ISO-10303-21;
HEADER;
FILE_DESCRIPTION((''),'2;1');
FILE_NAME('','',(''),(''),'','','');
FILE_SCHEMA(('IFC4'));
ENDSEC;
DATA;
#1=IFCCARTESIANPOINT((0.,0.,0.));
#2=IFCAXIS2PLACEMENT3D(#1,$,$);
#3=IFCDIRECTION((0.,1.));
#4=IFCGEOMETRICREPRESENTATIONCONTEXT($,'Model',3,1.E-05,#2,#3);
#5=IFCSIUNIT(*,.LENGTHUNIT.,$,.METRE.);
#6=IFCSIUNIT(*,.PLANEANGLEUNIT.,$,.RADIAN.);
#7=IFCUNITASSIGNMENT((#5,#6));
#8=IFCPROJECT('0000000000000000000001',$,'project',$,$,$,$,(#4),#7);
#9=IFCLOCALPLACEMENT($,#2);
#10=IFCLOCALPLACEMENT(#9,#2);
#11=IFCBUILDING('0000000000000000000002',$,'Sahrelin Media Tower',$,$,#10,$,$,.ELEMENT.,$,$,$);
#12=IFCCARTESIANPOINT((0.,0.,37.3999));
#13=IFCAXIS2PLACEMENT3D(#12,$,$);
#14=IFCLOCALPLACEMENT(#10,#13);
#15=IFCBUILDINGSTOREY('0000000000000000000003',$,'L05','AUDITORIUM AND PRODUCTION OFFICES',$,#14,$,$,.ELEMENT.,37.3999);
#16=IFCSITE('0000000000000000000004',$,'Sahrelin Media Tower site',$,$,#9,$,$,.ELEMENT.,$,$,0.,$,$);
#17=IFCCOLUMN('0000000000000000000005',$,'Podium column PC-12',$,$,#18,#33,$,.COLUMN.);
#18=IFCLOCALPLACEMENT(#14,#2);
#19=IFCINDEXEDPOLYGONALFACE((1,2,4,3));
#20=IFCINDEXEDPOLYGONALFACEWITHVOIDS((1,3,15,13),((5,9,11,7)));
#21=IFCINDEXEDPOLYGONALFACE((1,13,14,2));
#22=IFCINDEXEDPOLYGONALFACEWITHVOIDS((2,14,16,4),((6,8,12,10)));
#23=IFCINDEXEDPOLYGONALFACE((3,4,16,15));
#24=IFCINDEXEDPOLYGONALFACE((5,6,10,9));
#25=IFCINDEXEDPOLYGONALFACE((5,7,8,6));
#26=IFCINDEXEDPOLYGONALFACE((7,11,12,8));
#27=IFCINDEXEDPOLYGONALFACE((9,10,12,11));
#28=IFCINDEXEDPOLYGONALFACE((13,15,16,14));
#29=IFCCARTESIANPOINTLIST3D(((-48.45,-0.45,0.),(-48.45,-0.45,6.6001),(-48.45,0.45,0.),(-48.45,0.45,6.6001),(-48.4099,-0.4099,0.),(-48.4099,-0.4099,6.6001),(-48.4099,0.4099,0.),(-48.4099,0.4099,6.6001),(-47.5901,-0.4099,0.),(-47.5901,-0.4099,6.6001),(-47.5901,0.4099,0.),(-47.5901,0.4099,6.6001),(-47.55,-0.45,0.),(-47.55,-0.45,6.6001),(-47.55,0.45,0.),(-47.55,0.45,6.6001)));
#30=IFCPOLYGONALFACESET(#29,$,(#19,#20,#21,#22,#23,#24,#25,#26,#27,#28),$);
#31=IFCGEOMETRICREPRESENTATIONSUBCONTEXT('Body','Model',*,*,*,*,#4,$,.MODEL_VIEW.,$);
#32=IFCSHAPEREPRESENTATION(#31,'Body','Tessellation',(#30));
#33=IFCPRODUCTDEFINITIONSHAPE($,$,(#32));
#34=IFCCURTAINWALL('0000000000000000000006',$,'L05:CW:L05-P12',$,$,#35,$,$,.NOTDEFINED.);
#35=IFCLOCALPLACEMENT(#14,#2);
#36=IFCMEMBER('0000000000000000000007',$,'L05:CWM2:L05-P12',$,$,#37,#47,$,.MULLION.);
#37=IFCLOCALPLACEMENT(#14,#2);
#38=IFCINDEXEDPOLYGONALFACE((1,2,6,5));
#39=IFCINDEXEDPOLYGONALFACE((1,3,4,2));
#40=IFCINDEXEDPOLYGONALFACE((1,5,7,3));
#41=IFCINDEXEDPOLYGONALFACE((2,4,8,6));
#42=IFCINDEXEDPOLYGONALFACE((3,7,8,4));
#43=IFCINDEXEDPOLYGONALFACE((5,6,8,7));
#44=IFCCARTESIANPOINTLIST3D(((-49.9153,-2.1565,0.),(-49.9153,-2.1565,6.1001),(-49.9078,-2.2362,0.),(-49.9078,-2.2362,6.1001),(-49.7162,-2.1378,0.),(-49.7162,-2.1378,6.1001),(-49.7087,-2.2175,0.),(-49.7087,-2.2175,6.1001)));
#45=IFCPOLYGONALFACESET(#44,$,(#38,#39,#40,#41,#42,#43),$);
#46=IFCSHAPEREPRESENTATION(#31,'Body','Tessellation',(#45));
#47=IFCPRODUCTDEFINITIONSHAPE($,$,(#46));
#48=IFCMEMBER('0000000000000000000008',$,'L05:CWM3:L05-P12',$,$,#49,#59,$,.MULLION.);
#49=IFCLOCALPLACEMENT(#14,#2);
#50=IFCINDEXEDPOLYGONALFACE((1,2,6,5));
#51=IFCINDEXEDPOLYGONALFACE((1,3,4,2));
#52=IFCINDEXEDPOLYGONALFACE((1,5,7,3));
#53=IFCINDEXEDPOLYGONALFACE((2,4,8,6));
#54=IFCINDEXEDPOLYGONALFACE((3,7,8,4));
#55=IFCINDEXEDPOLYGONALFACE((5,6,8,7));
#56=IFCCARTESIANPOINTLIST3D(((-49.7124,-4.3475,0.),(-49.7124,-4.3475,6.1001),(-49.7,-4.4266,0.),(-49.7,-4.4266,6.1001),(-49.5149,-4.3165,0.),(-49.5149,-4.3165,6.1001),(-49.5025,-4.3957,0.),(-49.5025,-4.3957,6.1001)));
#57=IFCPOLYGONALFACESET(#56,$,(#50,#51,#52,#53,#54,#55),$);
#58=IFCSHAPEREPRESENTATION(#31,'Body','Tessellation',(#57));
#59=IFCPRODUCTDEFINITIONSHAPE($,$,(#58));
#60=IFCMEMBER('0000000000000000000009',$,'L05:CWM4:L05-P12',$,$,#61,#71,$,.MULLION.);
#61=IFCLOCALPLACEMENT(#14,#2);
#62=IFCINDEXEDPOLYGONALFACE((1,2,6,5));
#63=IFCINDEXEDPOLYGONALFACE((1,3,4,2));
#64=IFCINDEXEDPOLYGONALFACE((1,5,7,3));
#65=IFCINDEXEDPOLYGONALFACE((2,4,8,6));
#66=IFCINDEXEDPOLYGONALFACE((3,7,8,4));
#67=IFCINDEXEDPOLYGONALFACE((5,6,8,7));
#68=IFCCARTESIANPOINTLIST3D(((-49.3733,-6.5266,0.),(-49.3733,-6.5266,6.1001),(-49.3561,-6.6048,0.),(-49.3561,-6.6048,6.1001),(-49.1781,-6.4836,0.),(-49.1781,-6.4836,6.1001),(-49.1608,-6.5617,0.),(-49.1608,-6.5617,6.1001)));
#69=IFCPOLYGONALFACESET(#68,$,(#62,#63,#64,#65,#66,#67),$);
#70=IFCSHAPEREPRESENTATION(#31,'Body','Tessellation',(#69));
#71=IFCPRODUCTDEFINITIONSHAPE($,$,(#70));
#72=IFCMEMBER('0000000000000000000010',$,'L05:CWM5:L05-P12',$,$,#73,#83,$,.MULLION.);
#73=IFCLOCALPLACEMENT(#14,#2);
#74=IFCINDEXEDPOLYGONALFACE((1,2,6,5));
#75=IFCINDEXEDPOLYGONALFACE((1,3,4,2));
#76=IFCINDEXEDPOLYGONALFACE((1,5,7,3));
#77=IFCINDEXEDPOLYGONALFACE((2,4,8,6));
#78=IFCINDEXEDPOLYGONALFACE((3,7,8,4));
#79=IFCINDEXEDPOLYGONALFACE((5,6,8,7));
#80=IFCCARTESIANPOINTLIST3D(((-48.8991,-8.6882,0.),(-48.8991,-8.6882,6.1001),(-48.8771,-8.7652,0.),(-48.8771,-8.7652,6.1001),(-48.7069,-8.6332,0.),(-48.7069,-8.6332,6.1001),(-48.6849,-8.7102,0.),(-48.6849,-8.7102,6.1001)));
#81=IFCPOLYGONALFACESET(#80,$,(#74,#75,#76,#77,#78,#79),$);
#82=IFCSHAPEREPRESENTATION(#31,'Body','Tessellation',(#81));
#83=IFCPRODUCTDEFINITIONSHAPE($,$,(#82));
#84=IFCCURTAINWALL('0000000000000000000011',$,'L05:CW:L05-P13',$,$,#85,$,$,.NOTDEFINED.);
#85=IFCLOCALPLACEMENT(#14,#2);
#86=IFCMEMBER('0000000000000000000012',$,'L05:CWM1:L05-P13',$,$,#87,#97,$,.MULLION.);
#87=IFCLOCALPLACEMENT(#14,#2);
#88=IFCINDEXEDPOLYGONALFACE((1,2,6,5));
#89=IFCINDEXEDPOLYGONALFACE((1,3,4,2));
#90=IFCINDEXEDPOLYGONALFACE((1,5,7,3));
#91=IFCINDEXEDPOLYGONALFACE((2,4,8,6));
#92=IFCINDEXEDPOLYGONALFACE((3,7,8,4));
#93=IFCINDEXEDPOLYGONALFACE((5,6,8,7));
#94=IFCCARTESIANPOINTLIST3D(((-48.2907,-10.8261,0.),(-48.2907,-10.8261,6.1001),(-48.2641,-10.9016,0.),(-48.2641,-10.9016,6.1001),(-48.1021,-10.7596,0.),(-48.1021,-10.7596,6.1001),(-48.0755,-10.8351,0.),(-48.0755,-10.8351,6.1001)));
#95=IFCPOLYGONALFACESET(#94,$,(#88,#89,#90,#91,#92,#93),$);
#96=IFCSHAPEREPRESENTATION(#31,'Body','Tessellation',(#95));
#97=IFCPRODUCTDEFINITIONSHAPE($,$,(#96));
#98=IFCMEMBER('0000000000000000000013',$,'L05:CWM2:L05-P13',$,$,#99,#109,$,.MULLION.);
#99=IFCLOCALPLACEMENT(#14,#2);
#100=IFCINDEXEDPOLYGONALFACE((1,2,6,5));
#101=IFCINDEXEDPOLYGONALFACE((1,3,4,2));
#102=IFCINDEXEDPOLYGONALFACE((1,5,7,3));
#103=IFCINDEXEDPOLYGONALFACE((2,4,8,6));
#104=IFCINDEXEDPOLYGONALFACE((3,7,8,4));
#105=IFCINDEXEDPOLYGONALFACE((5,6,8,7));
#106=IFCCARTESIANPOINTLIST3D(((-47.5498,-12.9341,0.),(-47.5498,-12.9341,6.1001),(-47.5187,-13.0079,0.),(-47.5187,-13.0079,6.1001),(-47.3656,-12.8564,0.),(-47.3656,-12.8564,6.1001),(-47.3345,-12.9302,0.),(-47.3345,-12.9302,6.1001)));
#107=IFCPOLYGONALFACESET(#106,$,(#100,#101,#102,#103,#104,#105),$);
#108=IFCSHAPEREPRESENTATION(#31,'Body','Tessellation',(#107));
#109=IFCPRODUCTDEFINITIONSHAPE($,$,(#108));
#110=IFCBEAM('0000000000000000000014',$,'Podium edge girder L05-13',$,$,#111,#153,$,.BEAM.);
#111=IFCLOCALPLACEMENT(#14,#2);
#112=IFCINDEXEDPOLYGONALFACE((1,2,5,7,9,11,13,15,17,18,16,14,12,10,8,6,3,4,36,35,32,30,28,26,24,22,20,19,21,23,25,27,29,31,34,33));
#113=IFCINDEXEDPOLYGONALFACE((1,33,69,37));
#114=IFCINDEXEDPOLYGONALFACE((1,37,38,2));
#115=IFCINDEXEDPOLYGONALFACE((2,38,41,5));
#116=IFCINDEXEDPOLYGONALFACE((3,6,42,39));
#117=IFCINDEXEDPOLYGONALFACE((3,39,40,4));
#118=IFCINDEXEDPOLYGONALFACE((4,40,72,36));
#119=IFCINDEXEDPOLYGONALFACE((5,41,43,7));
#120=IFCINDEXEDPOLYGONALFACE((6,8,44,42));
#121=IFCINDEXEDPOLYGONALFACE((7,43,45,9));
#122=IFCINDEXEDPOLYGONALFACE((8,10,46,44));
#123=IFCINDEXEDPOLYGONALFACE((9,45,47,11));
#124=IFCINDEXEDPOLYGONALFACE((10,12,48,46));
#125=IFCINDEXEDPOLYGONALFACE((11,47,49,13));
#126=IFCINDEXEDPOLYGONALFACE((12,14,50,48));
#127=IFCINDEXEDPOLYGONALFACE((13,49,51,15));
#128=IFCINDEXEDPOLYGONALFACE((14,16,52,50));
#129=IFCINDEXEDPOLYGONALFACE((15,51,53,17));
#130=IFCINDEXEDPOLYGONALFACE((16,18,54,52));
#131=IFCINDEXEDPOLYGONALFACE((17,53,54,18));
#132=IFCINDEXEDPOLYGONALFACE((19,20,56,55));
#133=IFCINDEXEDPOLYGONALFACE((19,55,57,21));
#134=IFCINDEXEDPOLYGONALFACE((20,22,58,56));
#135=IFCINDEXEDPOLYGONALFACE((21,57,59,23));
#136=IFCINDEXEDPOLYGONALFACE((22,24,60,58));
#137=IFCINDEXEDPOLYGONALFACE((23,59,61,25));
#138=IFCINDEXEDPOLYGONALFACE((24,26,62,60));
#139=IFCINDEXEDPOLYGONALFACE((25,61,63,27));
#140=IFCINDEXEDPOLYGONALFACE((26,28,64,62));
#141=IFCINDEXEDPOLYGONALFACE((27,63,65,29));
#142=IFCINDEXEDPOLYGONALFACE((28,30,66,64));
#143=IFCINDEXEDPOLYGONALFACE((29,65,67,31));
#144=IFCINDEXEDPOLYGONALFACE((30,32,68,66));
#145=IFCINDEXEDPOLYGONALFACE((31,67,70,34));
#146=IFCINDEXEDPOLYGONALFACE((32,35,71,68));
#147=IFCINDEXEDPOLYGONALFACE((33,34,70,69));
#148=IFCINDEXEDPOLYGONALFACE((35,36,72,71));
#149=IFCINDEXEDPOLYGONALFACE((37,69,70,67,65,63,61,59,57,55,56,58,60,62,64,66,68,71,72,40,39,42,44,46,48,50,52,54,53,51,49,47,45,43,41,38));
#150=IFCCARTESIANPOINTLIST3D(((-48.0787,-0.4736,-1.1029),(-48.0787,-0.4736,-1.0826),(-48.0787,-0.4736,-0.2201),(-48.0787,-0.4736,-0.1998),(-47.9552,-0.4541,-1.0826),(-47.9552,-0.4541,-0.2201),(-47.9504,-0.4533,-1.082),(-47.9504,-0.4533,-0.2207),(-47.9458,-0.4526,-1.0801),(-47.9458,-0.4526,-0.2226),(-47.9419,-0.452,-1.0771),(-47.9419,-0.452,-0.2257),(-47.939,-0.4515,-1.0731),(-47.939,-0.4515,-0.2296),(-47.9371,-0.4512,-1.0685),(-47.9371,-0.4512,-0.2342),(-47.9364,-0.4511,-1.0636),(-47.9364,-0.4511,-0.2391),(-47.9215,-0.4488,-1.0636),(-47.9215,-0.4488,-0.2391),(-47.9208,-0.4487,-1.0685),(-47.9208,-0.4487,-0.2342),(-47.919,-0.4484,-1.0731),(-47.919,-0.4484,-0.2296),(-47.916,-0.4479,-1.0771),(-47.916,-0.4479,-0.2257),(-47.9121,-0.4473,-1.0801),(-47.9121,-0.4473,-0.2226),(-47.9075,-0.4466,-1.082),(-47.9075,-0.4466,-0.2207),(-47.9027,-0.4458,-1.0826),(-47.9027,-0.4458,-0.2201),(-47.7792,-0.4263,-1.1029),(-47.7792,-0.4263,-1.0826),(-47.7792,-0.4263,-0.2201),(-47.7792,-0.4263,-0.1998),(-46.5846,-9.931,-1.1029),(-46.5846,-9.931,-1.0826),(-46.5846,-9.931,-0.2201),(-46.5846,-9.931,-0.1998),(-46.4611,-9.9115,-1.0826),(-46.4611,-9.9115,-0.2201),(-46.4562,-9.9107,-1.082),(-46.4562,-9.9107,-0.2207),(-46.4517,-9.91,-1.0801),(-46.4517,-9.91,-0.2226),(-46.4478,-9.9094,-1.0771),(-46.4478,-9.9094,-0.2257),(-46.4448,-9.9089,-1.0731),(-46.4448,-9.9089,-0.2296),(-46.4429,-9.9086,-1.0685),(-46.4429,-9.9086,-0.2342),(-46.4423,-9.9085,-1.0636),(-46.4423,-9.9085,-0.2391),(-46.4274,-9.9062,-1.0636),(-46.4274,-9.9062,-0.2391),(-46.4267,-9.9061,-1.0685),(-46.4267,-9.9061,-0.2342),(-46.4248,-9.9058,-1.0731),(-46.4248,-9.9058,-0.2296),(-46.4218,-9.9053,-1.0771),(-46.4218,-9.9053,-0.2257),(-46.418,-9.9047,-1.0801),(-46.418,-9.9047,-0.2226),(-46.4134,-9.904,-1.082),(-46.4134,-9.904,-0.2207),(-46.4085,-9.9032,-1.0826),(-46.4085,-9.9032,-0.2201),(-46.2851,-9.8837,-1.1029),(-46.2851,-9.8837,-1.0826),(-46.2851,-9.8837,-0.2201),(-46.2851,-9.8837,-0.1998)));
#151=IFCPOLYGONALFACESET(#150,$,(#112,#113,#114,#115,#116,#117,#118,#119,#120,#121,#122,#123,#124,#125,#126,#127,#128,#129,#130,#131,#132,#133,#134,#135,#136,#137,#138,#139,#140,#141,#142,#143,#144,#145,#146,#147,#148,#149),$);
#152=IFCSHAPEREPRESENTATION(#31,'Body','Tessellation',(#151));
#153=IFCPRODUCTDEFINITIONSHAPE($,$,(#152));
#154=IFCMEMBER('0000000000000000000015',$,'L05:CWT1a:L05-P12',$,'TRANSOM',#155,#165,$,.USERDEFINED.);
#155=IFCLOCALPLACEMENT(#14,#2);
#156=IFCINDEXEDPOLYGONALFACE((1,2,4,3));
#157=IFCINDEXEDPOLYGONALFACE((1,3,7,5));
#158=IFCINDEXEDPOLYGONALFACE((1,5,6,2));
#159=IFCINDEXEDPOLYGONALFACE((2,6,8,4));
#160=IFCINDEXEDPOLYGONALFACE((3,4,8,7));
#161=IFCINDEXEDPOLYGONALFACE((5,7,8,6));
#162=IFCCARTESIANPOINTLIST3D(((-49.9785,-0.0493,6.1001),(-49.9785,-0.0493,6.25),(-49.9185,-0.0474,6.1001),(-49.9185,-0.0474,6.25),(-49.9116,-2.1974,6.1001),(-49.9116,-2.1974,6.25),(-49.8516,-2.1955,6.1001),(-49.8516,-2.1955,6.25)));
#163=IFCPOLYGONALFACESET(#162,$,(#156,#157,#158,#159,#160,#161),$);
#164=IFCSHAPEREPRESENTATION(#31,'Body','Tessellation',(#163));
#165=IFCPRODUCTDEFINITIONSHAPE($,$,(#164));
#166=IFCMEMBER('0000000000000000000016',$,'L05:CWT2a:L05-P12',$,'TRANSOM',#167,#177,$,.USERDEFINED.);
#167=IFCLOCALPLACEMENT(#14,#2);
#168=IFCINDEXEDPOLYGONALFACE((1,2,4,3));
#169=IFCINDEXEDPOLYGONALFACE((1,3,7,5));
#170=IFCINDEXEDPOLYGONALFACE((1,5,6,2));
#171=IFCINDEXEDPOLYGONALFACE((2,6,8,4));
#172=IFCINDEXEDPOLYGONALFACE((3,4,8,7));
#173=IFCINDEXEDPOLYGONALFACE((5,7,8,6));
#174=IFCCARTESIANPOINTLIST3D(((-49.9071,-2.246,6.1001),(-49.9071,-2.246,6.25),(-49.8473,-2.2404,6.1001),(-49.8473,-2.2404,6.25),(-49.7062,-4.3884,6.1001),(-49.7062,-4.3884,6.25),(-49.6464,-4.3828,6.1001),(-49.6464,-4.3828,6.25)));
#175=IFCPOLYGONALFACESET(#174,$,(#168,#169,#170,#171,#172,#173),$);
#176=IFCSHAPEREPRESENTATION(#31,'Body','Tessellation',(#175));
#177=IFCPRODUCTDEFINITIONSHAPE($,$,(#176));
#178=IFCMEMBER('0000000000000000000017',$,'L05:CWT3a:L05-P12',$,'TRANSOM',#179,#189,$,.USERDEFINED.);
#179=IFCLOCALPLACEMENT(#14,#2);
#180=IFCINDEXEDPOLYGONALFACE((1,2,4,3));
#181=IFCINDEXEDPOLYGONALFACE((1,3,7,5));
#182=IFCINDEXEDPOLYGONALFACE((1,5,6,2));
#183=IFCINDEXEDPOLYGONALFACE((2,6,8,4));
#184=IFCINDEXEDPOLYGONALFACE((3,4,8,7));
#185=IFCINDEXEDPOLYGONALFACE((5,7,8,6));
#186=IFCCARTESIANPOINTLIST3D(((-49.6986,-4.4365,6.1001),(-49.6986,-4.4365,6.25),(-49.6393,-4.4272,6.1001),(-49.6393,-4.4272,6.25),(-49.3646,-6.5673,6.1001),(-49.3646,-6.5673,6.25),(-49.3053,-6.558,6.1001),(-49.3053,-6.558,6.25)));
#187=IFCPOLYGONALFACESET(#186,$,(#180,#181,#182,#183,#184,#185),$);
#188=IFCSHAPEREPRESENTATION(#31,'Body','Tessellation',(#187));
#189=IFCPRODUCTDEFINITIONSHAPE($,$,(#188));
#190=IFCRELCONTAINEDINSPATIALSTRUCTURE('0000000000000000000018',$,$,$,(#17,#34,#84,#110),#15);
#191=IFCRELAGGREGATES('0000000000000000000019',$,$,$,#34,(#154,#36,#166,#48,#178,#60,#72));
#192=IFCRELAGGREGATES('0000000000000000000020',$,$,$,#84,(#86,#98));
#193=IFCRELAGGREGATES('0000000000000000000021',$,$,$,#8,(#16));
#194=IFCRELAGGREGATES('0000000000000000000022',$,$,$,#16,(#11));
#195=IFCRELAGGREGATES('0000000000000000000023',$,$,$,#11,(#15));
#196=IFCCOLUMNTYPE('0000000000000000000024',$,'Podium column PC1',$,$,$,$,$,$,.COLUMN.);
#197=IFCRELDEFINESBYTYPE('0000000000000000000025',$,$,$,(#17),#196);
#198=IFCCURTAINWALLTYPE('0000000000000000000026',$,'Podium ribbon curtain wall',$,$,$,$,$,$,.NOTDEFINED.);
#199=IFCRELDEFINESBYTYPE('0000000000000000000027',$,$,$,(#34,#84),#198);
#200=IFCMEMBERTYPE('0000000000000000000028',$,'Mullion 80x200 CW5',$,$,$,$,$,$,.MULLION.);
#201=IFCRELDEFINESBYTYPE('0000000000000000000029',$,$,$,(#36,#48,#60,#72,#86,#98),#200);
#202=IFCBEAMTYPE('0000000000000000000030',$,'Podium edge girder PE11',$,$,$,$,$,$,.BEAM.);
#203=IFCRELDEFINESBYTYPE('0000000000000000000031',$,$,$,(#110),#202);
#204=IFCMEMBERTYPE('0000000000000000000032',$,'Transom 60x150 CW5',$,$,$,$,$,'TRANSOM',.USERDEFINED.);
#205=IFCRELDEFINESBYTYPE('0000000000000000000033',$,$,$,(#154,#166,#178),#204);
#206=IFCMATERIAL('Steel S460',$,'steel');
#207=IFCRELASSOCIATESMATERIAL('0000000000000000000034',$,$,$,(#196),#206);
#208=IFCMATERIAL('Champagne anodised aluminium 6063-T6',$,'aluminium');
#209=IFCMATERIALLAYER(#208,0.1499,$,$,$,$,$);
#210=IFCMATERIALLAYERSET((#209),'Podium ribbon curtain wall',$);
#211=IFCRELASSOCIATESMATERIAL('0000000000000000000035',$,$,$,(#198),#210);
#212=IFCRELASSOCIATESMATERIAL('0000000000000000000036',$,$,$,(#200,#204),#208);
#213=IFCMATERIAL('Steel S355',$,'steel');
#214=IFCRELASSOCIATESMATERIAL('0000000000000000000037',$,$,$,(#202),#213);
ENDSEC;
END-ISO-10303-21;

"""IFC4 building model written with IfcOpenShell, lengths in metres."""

from ifc_helpers import new_model, si_unit, direction, frame, origin, origin_2d, place, context, subcontext, project, spatial, rectangle, hollow_rectangle, i_section, extrude, material, layer, layer_set, material_profile, profile_set, type_object, element, aggregate, save


model = new_model("IFC4")

# Units and contexts
model_context = context("Model", 3, precision=1e-05, world=origin(), true_north=direction((0.0, 1.0)))
body_context = subcontext(model_context, "Body", "Model", "MODEL_VIEW")
ifc_project = project(units=[si_unit("LENGTHUNIT", "METRE"), si_unit("PLANEANGLEUNIT", "RADIAN")], contexts=[model_context])

# Site, building, storey
site_placement = place(None, origin())
site = spatial("IfcSite", under=ifc_project, at=site_placement, Name="Sahrelin Media Tower site", CompositionType="ELEMENT", RefElevation=0.0)
building_placement = place(site_placement, origin())
building = spatial("IfcBuilding", under=site, at=building_placement, Name="Sahrelin Media Tower", CompositionType="ELEMENT")
storey_placement = place(building_placement, frame((0.0, 0.0, 37.3999)))
storey = spatial("IfcBuildingStorey", under=building, at=storey_placement, Name="L05", Description="AUDITORIUM AND PRODUCTION OFFICES", CompositionType="ELEMENT", Elevation=37.3999)

# Column
ifc_material_1 = material(Name="Steel S460", Category="steel")
ifc_material_profile_1 = material_profile(ifc_material_1, hollow_rectangle(XDim=0.8999, YDim=0.8999, WallThickness=0.04, at=origin_2d()), Name="Podium column PC1")
ifc_profile_set_1 = profile_set([ifc_material_profile_1], Name="Steel S460")
column_type = type_object("IfcColumnType", Name="Podium column PC1", PredefinedType="COLUMN", material=ifc_profile_set_1)
column_placement = place(storey_placement, frame((-48.0, 0.0, 0.0), z_axis=(0.0, 0.0, 1.0), x_axis=(-1.0, 0.0, 0.0)))
element("IfcColumn", 1, at=column_placement, inside=storey, type_object=column_type, Name="Podium column PC-12", PredefinedType="COLUMN", context=body_context, shape_type="SweptSolid", body=[
    extrude(hollow_rectangle(XDim=0.8999, YDim=0.8999, WallThickness=0.04, at=origin_2d()), origin(), (0.0, 0.0, 1.0), 6.6001),
])

# Curtain walls, members
ifc_material_2 = material(Name="Champagne anodised aluminium 6063-T6", Category="aluminium")
ifc_layer_1 = layer(ifc_material_2, 0.1499)
ifc_layer_set_1 = layer_set([ifc_layer_1], Name="Podium ribbon curtain wall")
curtain_wall_type = type_object("IfcCurtainWallType", Name="Podium ribbon curtain wall", PredefinedType="NOTDEFINED", material=ifc_layer_set_1)
curtain_wall_1_placement = place(storey_placement, frame((-50.0, 0.0, 0.0), z_axis=(0.0, 0.0, 1.0), x_axis=(1.0, 0.0, 0.0)))
curtain_wall_1 = element("IfcCurtainWall", 2, at=curtain_wall_1_placement, inside=storey, type_object=curtain_wall_type, Name="L05:CW:L05-P12", PredefinedType="NOTDEFINED")
ifc_material_profile_2 = material_profile(ifc_material_2, rectangle(XDim=0.0801, YDim=0.2, at=origin_2d()), Name="Mullion 80x200")
ifc_profile_set_2 = profile_set([ifc_material_profile_2], Name="Champagne anodised aluminium 6063-T6")
member_type_1 = type_object("IfcMemberType", Name="Mullion 80x200 CW5", PredefinedType="MULLION", material=ifc_profile_set_2)
member_1_placement = place(storey_placement, frame((-49.812, -2.187, 0.0), z_axis=(0.0, 0.0, 1.0), x_axis=(0.093292, -0.995639, 0.0)))
member_1 = element("IfcMember", 3, at=member_1_placement, type_object=member_type_1, Name="L05:CWM2:L05-P12", PredefinedType="MULLION", context=body_context, shape_type="SweptSolid", body=[
    extrude(rectangle(XDim=0.0801, YDim=0.2, at=origin_2d()), origin(), (0.0, 0.0, 1.0), 6.1001),
])
member_2_placement = place(storey_placement, frame((-49.6074, -4.3716, 0.0), z_axis=(0.0, 0.0, 1.0), x_axis=(0.154852, -0.987938, 0.0)))
member_2 = element("IfcMember", 4, at=member_2_placement, type_object=member_type_1, Name="L05:CWM3:L05-P12", PredefinedType="MULLION", context=body_context, shape_type="SweptSolid", body=[
    extrude(rectangle(XDim=0.0801, YDim=0.2, at=origin_2d()), origin(), (0.0, 0.0, 1.0), 6.1001),
])
member_3_placement = place(storey_placement, frame((-49.2671, -6.5442, 0.0), z_axis=(0.0, 0.0, 1.0), x_axis=(0.215438, -0.976518, 0.0)))
member_3 = element("IfcMember", 5, at=member_3_placement, type_object=member_type_1, Name="L05:CWM4:L05-P12", PredefinedType="MULLION", context=body_context, shape_type="SweptSolid", body=[
    extrude(rectangle(XDim=0.0801, YDim=0.2, at=origin_2d()), origin(), (0.0, 0.0, 1.0), 6.1001),
])
member_4_placement = place(storey_placement, frame((-48.792, -8.6992, 0.0), z_axis=(0.0, 0.0, 1.0), x_axis=(0.27481, -0.961499, 0.0)))
member_4 = element("IfcMember", 6, at=member_4_placement, type_object=member_type_1, Name="L05:CWM5:L05-P12", PredefinedType="MULLION", context=body_context, shape_type="SweptSolid", body=[
    extrude(rectangle(XDim=0.0801, YDim=0.2, at=origin_2d()), origin(), (0.0, 0.0, 1.0), 6.1001),
])
curtain_wall_2_placement = place(storey_placement, frame((-48.2964, -10.8704, 0.0), z_axis=(0.0, 0.0, 1.0), x_axis=(1.0, 0.0, 0.0)))
curtain_wall_2 = element("IfcCurtainWall", 7, at=curtain_wall_2_placement, inside=storey, type_object=curtain_wall_type, Name="L05:CW:L05-P13", PredefinedType="NOTDEFINED")
member_5_placement = place(storey_placement, frame((-48.1831, -10.8306, 0.0), z_axis=(0.0, 0.0, 1.0), x_axis=(0.332579, -0.943075, 0.0)))
member_5 = element("IfcMember", 8, at=member_5_placement, type_object=member_type_1, Name="L05:CWM1:L05-P13", PredefinedType="MULLION", context=body_context, shape_type="SweptSolid", body=[
    extrude(rectangle(XDim=0.0801, YDim=0.2, at=origin_2d()), origin(), (0.0, 0.0, 1.0), 6.1001),
])
member_6_placement = place(storey_placement, frame((-47.4421, -12.9321, 0.0), z_axis=(0.0, 0.0, 1.0), x_axis=(0.38845, -0.92147, 0.0)))
member_6 = element("IfcMember", 9, at=member_6_placement, type_object=member_type_1, Name="L05:CWM2:L05-P13", PredefinedType="MULLION", context=body_context, shape_type="SweptSolid", body=[
    extrude(rectangle(XDim=0.0801, YDim=0.2, at=origin_2d()), origin(), (0.0, 0.0, 1.0), 6.1001),
])

# Beam
ifc_material_3 = material(Name="Steel S355", Category="steel")
ifc_material_profile_3 = material_profile(ifc_material_3, i_section(OverallWidth=0.3032, OverallDepth=0.9031, WebThickness=0.0151, FlangeThickness=0.0203, FilletRadius=0.019, at=origin_2d()), Name="UB 914x305x201")
ifc_profile_set_3 = profile_set([ifc_material_profile_3], Name="Steel S355")
beam_type = type_object("IfcBeamType", Name="Podium edge girder PE11", PredefinedType="BEAM", material=ifc_profile_set_3)
beam_placement = place(storey_placement, frame((-47.929, -0.45, -0.6514), z_axis=(0.156049, -0.987749, 0.0), x_axis=(0.987749, 0.156049, 0.0)))
element("IfcBeam", 10, at=beam_placement, inside=storey, type_object=beam_type, Name="Podium edge girder L05-13", PredefinedType="BEAM", context=body_context, shape_type="SweptSolid", body=[
    extrude(i_section(OverallWidth=0.3032, OverallDepth=0.9031, WebThickness=0.0151, FlangeThickness=0.0203, FilletRadius=0.019, at=origin_2d()), origin(), (0.0, 0.0, 1.0), 9.5747),
])

# Members
ifc_material_profile_4 = material_profile(ifc_material_2, rectangle(XDim=0.0601, YDim=0.1499, at=origin_2d()), Name="Transom 60x150")
ifc_profile_set_4 = profile_set([ifc_material_profile_4], Name="Champagne anodised aluminium 6063-T6")
member_type_2 = type_object("IfcMemberType", Name="Transom 60x150 CW5", ElementType="TRANSOM", PredefinedType="USERDEFINED", material=ifc_profile_set_4)
member_7_placement = place(storey_placement, frame((-49.9485, -0.0483, 6.175), z_axis=(0.031125, -0.999516, 0.0), x_axis=(0.999516, 0.031125, 0.0)))
member_7 = element("IfcMember", 11, at=member_7_placement, type_object=member_type_2, Name="L05:CWT1a:L05-P12", ObjectType="TRANSOM", PredefinedType="USERDEFINED", context=body_context, shape_type="SweptSolid", body=[
    extrude(rectangle(XDim=0.0601, YDim=0.1499, at=origin_2d()), origin(), (0.0, 0.0, 1.0), 2.1492),
])
member_8_placement = place(storey_placement, frame((-49.8772, -2.2432, 6.175), z_axis=(0.093379, -0.995631, 0.0), x_axis=(0.995631, 0.093379, 0.0)))
member_8 = element("IfcMember", 12, at=member_8_placement, type_object=member_type_2, Name="L05:CWT2a:L05-P12", ObjectType="TRANSOM", PredefinedType="USERDEFINED", context=body_context, shape_type="SweptSolid", body=[
    extrude(rectangle(XDim=0.0601, YDim=0.1499, at=origin_2d()), origin(), (0.0, 0.0, 1.0), 2.1519),
])
member_9_placement = place(storey_placement, frame((-49.6689, -4.4319, 6.175), z_axis=(0.154864, -0.987936, 0.0), x_axis=(0.987936, 0.154864, 0.0)))
member_9 = element("IfcMember", 13, at=member_9_placement, type_object=member_type_2, Name="L05:CWT3a:L05-P12", ObjectType="TRANSOM", PredefinedType="USERDEFINED", context=body_context, shape_type="SweptSolid", body=[
    extrude(rectangle(XDim=0.0601, YDim=0.1499, at=origin_2d()), origin(), (0.0, 0.0, 1.0), 2.1567),
])

aggregate(curtain_wall_1, [member_7, member_1, member_8, member_2, member_9, member_3, member_4])
aggregate(curtain_wall_2, [member_5, member_6])

save(model, "model.ifc")
